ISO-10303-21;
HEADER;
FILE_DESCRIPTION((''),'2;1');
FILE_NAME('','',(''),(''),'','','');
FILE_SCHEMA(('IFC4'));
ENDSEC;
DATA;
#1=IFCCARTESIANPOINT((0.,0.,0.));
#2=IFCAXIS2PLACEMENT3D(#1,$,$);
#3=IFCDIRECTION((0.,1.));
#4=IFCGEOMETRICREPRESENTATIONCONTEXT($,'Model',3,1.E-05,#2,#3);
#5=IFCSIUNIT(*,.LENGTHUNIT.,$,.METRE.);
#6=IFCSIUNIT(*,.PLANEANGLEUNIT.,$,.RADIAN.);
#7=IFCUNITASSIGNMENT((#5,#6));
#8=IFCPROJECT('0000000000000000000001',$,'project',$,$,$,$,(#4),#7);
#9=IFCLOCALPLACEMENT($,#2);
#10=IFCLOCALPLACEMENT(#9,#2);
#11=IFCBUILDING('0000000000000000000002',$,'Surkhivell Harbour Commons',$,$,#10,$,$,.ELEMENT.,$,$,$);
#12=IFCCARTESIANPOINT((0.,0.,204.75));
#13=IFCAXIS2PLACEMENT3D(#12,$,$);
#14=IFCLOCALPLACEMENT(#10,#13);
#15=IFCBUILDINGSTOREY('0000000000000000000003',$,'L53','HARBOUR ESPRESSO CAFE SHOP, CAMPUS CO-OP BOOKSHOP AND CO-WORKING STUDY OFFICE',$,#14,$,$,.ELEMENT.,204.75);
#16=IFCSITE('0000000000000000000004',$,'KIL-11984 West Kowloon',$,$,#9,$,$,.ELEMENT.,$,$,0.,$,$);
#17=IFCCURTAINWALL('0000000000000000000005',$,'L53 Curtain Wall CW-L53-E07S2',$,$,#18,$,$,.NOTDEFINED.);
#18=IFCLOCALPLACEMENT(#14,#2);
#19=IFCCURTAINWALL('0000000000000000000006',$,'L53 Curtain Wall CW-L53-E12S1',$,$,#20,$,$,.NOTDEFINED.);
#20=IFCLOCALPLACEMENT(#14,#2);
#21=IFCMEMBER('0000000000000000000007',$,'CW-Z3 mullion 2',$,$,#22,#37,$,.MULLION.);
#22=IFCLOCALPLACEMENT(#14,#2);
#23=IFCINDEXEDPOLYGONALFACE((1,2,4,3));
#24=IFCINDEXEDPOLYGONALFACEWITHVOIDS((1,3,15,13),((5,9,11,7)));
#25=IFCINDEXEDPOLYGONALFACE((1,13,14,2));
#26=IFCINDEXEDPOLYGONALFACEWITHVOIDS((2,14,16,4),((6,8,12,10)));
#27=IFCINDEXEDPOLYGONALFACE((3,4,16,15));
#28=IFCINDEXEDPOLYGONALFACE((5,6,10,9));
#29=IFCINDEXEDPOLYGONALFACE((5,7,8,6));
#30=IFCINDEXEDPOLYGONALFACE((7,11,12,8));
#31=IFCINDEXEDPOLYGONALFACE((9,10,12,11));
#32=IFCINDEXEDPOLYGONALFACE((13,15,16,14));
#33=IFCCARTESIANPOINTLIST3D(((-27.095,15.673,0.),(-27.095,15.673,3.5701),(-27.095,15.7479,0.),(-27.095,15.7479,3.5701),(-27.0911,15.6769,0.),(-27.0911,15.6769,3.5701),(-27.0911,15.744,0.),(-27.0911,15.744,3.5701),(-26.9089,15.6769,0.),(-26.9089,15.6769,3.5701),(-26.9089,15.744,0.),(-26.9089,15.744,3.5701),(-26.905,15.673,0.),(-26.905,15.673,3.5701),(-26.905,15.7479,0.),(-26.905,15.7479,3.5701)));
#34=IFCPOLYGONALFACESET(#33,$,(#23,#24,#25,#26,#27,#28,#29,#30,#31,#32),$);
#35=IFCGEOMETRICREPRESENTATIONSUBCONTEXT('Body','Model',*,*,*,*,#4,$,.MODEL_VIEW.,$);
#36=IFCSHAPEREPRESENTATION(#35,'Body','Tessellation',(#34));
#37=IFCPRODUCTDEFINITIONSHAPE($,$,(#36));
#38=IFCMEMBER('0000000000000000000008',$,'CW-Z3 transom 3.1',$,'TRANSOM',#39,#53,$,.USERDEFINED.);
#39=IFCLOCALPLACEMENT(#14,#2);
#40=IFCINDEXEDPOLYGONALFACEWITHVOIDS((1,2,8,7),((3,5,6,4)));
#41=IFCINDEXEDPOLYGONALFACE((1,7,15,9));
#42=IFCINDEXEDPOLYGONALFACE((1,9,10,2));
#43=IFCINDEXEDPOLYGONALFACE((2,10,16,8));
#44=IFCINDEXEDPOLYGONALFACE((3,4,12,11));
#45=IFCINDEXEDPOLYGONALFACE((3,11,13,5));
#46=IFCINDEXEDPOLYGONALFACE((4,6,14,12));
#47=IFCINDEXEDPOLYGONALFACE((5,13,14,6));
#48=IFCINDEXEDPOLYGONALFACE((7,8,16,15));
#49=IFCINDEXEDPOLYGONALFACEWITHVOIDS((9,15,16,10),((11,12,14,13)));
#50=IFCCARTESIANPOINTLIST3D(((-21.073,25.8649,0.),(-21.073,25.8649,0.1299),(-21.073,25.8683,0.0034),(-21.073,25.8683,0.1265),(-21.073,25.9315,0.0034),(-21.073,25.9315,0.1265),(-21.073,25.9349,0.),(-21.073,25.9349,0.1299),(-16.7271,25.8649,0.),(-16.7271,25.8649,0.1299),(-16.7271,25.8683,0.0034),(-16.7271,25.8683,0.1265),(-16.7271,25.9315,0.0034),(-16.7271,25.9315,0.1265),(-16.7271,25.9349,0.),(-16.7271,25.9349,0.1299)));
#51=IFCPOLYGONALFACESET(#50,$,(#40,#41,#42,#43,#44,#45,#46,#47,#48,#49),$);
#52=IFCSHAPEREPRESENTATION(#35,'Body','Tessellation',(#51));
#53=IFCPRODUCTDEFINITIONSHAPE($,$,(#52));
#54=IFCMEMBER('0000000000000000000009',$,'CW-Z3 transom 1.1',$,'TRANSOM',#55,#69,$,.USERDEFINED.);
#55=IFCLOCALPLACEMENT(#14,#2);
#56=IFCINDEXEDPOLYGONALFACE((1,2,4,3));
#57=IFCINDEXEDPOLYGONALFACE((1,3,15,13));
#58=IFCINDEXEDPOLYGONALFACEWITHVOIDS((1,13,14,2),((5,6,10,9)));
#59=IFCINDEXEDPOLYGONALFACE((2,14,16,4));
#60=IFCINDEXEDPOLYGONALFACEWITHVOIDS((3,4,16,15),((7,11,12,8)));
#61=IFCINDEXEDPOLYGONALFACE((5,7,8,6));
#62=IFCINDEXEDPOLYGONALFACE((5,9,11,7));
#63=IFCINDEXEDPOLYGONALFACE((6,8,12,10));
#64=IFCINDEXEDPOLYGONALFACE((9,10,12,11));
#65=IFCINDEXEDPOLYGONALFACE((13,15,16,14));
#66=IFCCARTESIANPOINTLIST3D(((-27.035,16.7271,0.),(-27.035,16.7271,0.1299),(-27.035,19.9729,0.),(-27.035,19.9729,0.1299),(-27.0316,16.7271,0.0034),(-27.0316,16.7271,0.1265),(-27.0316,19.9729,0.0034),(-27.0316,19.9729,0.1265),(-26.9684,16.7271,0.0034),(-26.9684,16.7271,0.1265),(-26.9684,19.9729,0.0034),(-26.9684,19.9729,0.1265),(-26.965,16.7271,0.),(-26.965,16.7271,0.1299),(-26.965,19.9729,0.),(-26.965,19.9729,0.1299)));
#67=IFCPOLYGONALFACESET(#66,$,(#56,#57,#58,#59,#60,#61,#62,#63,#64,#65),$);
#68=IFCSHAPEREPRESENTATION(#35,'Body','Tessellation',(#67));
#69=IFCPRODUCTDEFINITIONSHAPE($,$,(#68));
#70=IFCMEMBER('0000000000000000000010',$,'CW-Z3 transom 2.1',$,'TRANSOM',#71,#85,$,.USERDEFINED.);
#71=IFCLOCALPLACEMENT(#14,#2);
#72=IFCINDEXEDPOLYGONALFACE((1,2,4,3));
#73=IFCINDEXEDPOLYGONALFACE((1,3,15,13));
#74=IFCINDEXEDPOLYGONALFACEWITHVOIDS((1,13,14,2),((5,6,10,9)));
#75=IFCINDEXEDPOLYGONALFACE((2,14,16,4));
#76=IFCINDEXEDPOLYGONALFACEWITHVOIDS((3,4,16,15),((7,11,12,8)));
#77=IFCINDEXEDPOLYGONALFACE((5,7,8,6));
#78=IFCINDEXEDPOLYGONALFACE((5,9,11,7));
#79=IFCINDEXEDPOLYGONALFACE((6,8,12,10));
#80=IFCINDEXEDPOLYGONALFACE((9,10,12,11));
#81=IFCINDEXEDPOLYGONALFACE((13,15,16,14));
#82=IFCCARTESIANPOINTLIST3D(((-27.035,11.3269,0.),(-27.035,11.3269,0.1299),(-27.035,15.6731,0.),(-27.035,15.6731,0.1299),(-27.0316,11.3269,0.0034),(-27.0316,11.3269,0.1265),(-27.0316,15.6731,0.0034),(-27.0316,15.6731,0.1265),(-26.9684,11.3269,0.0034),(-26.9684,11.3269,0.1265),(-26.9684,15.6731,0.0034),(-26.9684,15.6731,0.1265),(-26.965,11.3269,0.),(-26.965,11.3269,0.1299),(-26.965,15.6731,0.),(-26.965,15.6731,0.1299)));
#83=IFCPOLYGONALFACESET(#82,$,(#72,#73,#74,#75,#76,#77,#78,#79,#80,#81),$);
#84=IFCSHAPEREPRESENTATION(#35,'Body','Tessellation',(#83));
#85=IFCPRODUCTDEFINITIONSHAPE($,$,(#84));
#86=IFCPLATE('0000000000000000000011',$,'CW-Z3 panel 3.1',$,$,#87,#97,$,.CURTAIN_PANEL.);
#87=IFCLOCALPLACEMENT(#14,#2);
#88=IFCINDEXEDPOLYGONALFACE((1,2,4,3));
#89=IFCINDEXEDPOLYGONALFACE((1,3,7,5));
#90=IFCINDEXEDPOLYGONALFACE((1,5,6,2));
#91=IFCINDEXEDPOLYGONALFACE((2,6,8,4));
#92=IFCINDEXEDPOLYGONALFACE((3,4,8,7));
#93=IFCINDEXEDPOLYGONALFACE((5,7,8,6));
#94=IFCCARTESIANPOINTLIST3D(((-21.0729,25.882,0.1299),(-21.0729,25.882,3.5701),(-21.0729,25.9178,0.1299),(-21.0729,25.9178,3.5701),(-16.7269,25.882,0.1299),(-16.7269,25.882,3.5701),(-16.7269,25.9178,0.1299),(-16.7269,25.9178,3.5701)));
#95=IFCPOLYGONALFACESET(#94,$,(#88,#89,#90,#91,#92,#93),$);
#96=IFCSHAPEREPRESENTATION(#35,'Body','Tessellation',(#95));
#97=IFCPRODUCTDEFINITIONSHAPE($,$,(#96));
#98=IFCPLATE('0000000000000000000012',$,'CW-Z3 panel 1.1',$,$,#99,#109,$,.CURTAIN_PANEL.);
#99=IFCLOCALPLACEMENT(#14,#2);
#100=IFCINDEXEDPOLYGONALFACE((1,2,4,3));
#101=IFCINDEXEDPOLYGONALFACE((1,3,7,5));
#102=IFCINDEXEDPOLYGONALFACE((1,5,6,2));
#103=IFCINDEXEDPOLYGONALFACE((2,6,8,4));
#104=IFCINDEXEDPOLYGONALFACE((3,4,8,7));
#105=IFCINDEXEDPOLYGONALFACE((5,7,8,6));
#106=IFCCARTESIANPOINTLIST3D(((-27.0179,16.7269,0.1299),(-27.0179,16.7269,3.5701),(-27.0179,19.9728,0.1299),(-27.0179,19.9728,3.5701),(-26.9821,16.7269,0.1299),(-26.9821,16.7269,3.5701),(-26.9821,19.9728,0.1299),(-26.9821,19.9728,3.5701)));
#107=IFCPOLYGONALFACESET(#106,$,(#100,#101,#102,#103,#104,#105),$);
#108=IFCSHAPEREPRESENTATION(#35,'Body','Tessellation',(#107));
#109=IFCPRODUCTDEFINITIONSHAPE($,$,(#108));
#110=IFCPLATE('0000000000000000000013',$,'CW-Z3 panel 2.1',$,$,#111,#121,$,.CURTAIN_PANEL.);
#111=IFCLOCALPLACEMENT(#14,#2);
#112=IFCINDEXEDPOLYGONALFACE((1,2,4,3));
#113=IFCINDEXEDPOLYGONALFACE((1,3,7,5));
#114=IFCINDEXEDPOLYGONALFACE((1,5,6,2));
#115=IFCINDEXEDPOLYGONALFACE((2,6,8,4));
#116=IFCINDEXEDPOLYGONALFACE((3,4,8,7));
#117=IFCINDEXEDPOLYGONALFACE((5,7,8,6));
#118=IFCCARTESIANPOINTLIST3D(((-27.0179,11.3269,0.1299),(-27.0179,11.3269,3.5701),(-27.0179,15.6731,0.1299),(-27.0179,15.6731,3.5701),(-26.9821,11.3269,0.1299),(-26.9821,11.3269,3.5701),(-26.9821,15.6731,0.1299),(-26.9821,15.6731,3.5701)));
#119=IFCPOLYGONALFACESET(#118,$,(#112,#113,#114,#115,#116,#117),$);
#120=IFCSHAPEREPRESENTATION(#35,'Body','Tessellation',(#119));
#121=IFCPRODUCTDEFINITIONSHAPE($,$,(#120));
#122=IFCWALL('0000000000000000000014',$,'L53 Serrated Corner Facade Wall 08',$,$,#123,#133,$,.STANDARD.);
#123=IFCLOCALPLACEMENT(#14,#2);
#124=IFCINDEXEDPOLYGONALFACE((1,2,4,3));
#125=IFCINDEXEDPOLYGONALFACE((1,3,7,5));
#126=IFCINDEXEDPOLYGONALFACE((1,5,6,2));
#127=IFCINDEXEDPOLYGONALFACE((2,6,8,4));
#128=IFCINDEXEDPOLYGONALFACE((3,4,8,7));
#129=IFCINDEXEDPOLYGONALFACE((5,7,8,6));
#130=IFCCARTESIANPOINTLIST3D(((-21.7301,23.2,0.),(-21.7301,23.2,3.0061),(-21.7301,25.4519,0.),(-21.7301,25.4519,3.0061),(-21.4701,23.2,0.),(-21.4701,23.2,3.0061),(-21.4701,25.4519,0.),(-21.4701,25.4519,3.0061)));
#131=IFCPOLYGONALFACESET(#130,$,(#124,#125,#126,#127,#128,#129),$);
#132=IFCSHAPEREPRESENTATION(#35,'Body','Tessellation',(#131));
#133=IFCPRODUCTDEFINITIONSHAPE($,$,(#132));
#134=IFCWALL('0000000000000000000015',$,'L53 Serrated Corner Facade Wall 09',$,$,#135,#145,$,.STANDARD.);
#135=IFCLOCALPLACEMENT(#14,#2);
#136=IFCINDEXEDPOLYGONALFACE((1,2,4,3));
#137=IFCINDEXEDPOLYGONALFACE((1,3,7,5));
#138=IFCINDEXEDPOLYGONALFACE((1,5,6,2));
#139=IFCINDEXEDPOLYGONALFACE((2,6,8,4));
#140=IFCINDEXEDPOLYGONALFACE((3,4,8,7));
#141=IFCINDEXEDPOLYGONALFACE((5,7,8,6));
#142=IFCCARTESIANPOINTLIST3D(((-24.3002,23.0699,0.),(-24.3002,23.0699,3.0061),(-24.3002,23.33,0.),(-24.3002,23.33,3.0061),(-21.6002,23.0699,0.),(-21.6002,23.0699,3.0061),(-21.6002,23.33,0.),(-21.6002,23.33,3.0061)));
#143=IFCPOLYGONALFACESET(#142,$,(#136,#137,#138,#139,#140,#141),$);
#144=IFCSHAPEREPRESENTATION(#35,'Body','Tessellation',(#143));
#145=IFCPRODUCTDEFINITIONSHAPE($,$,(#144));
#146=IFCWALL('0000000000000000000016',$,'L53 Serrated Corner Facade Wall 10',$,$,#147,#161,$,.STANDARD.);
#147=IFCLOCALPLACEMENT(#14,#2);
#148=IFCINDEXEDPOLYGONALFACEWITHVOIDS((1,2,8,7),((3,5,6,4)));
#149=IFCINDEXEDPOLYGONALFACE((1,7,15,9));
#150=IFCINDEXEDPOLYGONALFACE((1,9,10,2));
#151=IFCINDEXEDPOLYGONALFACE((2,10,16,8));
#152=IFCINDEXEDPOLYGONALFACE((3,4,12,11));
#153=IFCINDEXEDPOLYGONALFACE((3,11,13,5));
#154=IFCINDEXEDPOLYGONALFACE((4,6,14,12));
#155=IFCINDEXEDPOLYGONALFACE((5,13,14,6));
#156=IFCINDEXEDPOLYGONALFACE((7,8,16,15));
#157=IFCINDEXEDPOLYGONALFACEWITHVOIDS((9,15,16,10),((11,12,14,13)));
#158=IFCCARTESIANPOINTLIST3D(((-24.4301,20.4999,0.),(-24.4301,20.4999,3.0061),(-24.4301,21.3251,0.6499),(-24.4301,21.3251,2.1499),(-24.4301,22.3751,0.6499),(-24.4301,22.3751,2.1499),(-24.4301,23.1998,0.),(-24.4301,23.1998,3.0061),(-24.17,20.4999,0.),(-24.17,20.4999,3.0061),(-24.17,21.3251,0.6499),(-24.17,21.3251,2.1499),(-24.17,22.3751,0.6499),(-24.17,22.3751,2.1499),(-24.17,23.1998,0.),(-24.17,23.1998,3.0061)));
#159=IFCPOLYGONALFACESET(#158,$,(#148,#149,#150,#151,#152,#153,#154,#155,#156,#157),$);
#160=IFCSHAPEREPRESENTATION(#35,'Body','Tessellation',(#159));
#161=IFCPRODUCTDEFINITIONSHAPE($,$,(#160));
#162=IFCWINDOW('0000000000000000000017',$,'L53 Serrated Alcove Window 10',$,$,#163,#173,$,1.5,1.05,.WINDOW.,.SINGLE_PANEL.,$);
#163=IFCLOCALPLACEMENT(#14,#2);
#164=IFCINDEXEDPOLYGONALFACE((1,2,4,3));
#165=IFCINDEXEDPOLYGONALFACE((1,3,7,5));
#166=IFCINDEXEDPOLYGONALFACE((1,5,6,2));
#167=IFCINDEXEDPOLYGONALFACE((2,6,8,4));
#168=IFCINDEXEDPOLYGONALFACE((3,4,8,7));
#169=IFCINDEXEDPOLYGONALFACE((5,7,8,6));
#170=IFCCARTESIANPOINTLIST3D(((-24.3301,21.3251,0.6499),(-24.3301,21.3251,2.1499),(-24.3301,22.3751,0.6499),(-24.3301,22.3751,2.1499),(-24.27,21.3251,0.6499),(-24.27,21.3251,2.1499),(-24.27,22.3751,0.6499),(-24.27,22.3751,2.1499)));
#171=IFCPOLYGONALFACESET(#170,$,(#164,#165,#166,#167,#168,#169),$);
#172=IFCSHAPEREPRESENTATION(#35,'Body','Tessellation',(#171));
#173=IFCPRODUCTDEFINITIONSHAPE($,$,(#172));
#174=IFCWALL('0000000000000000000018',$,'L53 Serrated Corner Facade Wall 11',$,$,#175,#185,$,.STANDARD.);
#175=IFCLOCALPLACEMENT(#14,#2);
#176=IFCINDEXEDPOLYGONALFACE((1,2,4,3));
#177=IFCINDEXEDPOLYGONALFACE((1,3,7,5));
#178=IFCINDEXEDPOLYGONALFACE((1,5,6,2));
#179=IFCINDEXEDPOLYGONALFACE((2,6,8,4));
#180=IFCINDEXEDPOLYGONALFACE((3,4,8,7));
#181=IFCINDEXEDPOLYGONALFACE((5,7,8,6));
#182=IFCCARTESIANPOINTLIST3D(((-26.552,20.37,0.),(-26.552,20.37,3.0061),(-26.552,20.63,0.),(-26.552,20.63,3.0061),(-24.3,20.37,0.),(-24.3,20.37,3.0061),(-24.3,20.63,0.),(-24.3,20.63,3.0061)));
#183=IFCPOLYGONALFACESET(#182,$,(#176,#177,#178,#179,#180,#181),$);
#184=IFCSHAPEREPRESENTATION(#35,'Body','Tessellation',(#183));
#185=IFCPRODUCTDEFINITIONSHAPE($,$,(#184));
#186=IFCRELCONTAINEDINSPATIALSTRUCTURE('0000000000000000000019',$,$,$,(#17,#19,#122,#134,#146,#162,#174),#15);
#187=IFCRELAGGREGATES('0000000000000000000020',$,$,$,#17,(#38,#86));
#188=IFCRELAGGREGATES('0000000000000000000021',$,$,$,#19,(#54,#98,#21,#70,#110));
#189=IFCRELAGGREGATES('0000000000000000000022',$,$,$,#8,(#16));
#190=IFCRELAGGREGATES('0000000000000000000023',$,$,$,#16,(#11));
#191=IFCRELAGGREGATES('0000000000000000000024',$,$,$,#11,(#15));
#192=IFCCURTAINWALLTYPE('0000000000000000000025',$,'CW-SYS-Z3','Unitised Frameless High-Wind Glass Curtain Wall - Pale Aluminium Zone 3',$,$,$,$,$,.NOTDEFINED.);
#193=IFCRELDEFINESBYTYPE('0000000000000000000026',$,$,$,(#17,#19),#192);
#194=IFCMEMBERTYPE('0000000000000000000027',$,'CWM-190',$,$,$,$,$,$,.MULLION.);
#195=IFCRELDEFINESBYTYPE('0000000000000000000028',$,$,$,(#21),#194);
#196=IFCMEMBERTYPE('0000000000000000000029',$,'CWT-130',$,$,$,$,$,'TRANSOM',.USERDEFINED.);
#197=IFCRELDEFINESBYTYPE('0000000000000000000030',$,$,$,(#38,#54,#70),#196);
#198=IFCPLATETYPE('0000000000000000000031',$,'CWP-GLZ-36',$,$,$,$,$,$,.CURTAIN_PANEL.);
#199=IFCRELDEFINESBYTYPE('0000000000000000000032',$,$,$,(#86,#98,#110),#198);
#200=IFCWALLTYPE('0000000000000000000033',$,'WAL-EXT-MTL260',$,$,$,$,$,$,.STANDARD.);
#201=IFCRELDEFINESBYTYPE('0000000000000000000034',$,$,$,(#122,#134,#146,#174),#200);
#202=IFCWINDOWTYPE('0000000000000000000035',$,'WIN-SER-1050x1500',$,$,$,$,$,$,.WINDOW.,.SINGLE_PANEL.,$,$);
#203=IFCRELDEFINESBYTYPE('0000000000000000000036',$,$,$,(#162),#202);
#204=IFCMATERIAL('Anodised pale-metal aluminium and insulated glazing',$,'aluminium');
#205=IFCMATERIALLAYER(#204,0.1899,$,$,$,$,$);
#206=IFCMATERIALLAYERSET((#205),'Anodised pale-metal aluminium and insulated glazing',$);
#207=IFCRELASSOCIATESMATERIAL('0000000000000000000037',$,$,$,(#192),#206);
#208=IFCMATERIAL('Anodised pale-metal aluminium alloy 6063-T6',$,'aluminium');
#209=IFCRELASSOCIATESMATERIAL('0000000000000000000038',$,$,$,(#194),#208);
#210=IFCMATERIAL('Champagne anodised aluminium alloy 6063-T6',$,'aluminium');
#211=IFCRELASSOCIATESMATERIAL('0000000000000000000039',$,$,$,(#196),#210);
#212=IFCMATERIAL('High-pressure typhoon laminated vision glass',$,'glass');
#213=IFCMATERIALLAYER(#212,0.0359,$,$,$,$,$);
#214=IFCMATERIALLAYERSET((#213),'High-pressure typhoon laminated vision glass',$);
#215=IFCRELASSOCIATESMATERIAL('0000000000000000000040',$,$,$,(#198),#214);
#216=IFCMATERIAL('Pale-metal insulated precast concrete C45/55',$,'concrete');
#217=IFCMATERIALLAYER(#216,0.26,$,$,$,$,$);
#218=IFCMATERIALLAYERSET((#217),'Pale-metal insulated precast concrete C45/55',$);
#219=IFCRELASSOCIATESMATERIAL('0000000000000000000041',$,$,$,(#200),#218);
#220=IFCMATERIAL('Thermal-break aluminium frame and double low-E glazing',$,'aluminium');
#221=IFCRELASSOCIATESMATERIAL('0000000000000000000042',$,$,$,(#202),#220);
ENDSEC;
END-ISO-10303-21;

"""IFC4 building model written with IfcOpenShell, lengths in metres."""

from ifc_helpers import new_model, si_unit, direction, frame, frame_2d, origin, origin_2d, place, context, subcontext, project, spatial, rectangle, hollow_rectangle, extrude, material, layer, layer_set, material_profile, profile_set, type_object, element, fill, aggregate, save


model = new_model("IFC4")

# Units and contexts
model_context = context("Model", 3, precision=1e-05, world=origin(), true_north=direction((0.0, 1.0)))
body_context = subcontext(model_context, "Body", "Model", "MODEL_VIEW")
ifc_project = project(units=[si_unit("LENGTHUNIT", "METRE"), si_unit("PLANEANGLEUNIT", "RADIAN")], contexts=[model_context])

# Site, building, storey
site_placement = place(None, origin())
site = spatial("IfcSite", under=ifc_project, at=site_placement, Name="KIL-11984 West Kowloon", CompositionType="ELEMENT", RefElevation=0.0)
building_placement = place(site_placement, origin())
building = spatial("IfcBuilding", under=site, at=building_placement, Name="Surkhivell Harbour Commons", CompositionType="ELEMENT")
storey_placement = place(building_placement, frame((0.0, 0.0, 204.75)))
storey = spatial("IfcBuildingStorey", under=building, at=storey_placement, Name="L53", Description="HARBOUR ESPRESSO CAFE SHOP, CAMPUS CO-OP BOOKSHOP AND CO-WORKING STUDY OFFICE", CompositionType="ELEMENT", Elevation=204.75)

# Curtain walls, member
ifc_material_1 = material(Name="Anodised pale-metal aluminium and insulated glazing", Category="aluminium")
ifc_layer_1 = layer(ifc_material_1, 0.1899)
ifc_layer_set_1 = layer_set([ifc_layer_1], Name="Anodised pale-metal aluminium and insulated glazing")
curtain_wall_type = type_object("IfcCurtainWallType", Name="CW-SYS-Z3", Description="Unitised Frameless High-Wind Glass Curtain Wall - Pale Aluminium Zone 3", PredefinedType="NOTDEFINED", material=ifc_layer_set_1)
curtain_wall_1_placement = place(storey_placement, origin())
curtain_wall_1 = element("IfcCurtainWall", 1, at=curtain_wall_1_placement, inside=storey, type_object=curtain_wall_type, Name="L53 Curtain Wall CW-L53-E07S2", PredefinedType="NOTDEFINED")
ifc_material_2 = material(Name="Anodised pale-metal aluminium alloy 6063-T6", Category="aluminium")
ifc_material_profile_1 = material_profile(ifc_material_2, hollow_rectangle(XDim=0.075, YDim=0.1899, WallThickness=0.0039, at=origin_2d()), Name="ALU-MULL-75x190")
ifc_profile_set_1 = profile_set([ifc_material_profile_1], Name="Anodised pale-metal aluminium alloy 6063-T6")
member_type_1 = type_object("IfcMemberType", Name="CWM-190", PredefinedType="MULLION", material=ifc_profile_set_1)
curtain_wall_2_placement = place(storey_placement, origin())
curtain_wall_2 = element("IfcCurtainWall", 2, at=curtain_wall_2_placement, inside=storey, type_object=curtain_wall_type, Name="L53 Curtain Wall CW-L53-E12S1", PredefinedType="NOTDEFINED")
member_1_placement = place(storey_placement, frame((-27.0, 15.7104, 0.0), z_axis=(0.0, 0.0, 1.0), x_axis=(0.0, -1.0, 0.0)))
member_1 = element("IfcMember", 3, at=member_1_placement, type_object=member_type_1, Name="CW-Z3 mullion 2", PredefinedType="MULLION", context=body_context, shape_type="SweptSolid", body=[
    extrude(hollow_rectangle(XDim=0.075, YDim=0.1899, WallThickness=0.0039, at=origin_2d()), origin(), (0.0, 0.0, 1.0), 3.5701),
])

# Members
ifc_material_3 = material(Name="Champagne anodised aluminium alloy 6063-T6", Category="aluminium")
ifc_material_profile_2 = material_profile(ifc_material_3, hollow_rectangle(XDim=0.0701, YDim=0.1299, WallThickness=0.0034, at=origin_2d()), Name="ALU-TRAN-70x130")
ifc_profile_set_2 = profile_set([ifc_material_profile_2], Name="Champagne anodised aluminium alloy 6063-T6")
member_type_2 = type_object("IfcMemberType", Name="CWT-130", ElementType="TRANSOM", PredefinedType="USERDEFINED", material=ifc_profile_set_2)
member_2_placement = place(storey_placement, frame((-16.7271, 25.8999, 0.0649), z_axis=(-1.0, 0.0, 0.0), x_axis=(0.0, -1.0, 0.0)))
member_2 = element("IfcMember", 4, at=member_2_placement, type_object=member_type_2, Name="CW-Z3 transom 3.1", ObjectType="TRANSOM", PredefinedType="USERDEFINED", context=body_context, shape_type="SweptSolid", body=[
    extrude(hollow_rectangle(XDim=0.0701, YDim=0.1299, WallThickness=0.0034, at=origin_2d()), origin(), (0.0, 0.0, 1.0), 4.3459),
])
member_3_placement = place(storey_placement, frame((-27.0, 19.9729, 0.0649), z_axis=(0.0, -1.0, 0.0), x_axis=(1.0, 0.0, 0.0)))
member_3 = element("IfcMember", 5, at=member_3_placement, type_object=member_type_2, Name="CW-Z3 transom 1.1", ObjectType="TRANSOM", PredefinedType="USERDEFINED", context=body_context, shape_type="SweptSolid", body=[
    extrude(hollow_rectangle(XDim=0.0701, YDim=0.1299, WallThickness=0.0034, at=origin_2d()), origin(), (0.0, 0.0, 1.0), 3.2458),
])
member_4_placement = place(storey_placement, frame((-27.0, 15.6731, 0.0649), z_axis=(0.0, -1.0, 0.0), x_axis=(1.0, 0.0, 0.0)))
member_4 = element("IfcMember", 6, at=member_4_placement, type_object=member_type_2, Name="CW-Z3 transom 2.1", ObjectType="TRANSOM", PredefinedType="USERDEFINED", context=body_context, shape_type="SweptSolid", body=[
    extrude(hollow_rectangle(XDim=0.0701, YDim=0.1299, WallThickness=0.0034, at=origin_2d()), origin(), (0.0, 0.0, 1.0), 4.3462),
])

# Plates
ifc_material_4 = material(Name="High-pressure typhoon laminated vision glass", Category="glass")
ifc_layer_2 = layer(ifc_material_4, 0.0359)
ifc_layer_set_2 = layer_set([ifc_layer_2], Name="High-pressure typhoon laminated vision glass")
plate_type = type_object("IfcPlateType", Name="CWP-GLZ-36", PredefinedType="CURTAIN_PANEL", material=ifc_layer_set_2)
plate_1_placement = place(storey_placement, frame((-16.7271, 25.8999, 0.1299), z_axis=(0.0, 0.0, 1.0), x_axis=(-1.0, 0.0, 0.0)))
plate_1 = element("IfcPlate", 7, at=plate_1_placement, type_object=plate_type, Name="CW-Z3 panel 3.1", PredefinedType="CURTAIN_PANEL", context=body_context, shape_type="SweptSolid", body=[
    extrude(rectangle(XDim=4.3459, YDim=0.0359, at=frame_2d((2.1729, 0.0))), origin(), (0.0, 0.0, 1.0), 3.4402),
])
aggregate(curtain_wall_1, [member_2, plate_1])
plate_2_placement = place(storey_placement, frame((-27.0, 19.9729, 0.1299), z_axis=(0.0, 0.0, 1.0), x_axis=(0.0, -1.0, 0.0)))
plate_2 = element("IfcPlate", 8, at=plate_2_placement, type_object=plate_type, Name="CW-Z3 panel 1.1", PredefinedType="CURTAIN_PANEL", context=body_context, shape_type="SweptSolid", body=[
    extrude(rectangle(XDim=3.2458, YDim=0.0359, at=frame_2d((1.623, 0.0))), origin(), (0.0, 0.0, 1.0), 3.4402),
])
plate_3_placement = place(storey_placement, frame((-27.0, 15.6731, 0.1299), z_axis=(0.0, 0.0, 1.0), x_axis=(0.0, -1.0, 0.0)))
plate_3 = element("IfcPlate", 9, at=plate_3_placement, type_object=plate_type, Name="CW-Z3 panel 2.1", PredefinedType="CURTAIN_PANEL", context=body_context, shape_type="SweptSolid", body=[
    extrude(rectangle(XDim=4.3462, YDim=0.0359, at=frame_2d((2.1731, 0.0))), origin(), (0.0, 0.0, 1.0), 3.4402),
])
aggregate(curtain_wall_2, [member_3, plate_2, member_1, member_4, plate_3])

# Walls
ifc_material_5 = material(Name="Pale-metal insulated precast concrete C45/55", Category="concrete")
ifc_layer_3 = layer(ifc_material_5, 0.26)
ifc_layer_set_3 = layer_set([ifc_layer_3], Name="Pale-metal insulated precast concrete C45/55")
wall_type = type_object("IfcWallType", Name="WAL-EXT-MTL260", PredefinedType="STANDARD", material=ifc_layer_set_3)
wall_1_placement = place(storey_placement, frame((-21.6001, 25.4519, 0.0), z_axis=(0.0, 0.0, 1.0), x_axis=(0.0, -1.0, 0.0)))
element("IfcWall", 10, at=wall_1_placement, inside=storey, type_object=wall_type, Name="L53 Serrated Corner Facade Wall 08", PredefinedType="STANDARD", context=body_context, shape_type="SweptSolid", body=[
    extrude(rectangle(XDim=2.252, YDim=0.26, at=frame_2d((1.126, 0.0))), origin(), (0.0, 0.0, 1.0), 3.0061),
])
wall_2_placement = place(storey_placement, frame((-21.6001, 23.2, 0.0), z_axis=(0.0, 0.0, 1.0), x_axis=(-1.0, 0.0, 0.0)))
element("IfcWall", 11, at=wall_2_placement, inside=storey, type_object=wall_type, Name="L53 Serrated Corner Facade Wall 09", PredefinedType="STANDARD", context=body_context, shape_type="SweptSolid", body=[
    extrude(rectangle(XDim=2.7, YDim=0.26, at=frame_2d((1.3501, 0.0))), origin(), (0.0, 0.0, 1.0), 3.0061),
])

# Wall, opening, window
wall_3_placement = place(storey_placement, frame((-24.3, 23.2, 0.0), z_axis=(0.0, 0.0, 1.0), x_axis=(0.0, -1.0, 0.0)))
wall_3 = element("IfcWall", 12, at=wall_3_placement, inside=storey, type_object=wall_type, Name="L53 Serrated Corner Facade Wall 10", PredefinedType="STANDARD", context=body_context, shape_type="SweptSolid", body=[
    extrude(rectangle(XDim=2.7, YDim=0.26, at=frame_2d((1.3501, 0.0))), origin(), (0.0, 0.0, 1.0), 3.0061),
])
opening_placement = place(wall_3_placement, frame((0.825, 0.0, 0.6499)))
opening = element("IfcOpeningElement", 13, at=opening_placement, cuts=wall_3, PredefinedType="OPENING", context=body_context, shape_type="SweptSolid", body=[
    extrude(rectangle(XDim=1.05, YDim=1.5, at=frame_2d((0.5249, 0.75))), frame((0.0, 0.1399, 0.0), z_axis=(0.0, -1.0, 0.0), x_axis=(1.0, 0.0, 0.0)), (0.0, 0.0, 1.0), 0.28),
])
ifc_material_6 = material(Name="Thermal-break aluminium frame and double low-E glazing", Category="aluminium")
window_type = type_object("IfcWindowType", Name="WIN-SER-1050x1500", PartitioningType="SINGLE_PANEL", PredefinedType="WINDOW", material=ifc_material_6)
window_placement = place(opening_placement, origin())
window = element("IfcWindow", 14, at=window_placement, inside=storey, type_object=window_type, Name="L53 Serrated Alcove Window 10", OverallHeight=1.5, OverallWidth=1.05, PartitioningType="SINGLE_PANEL", PredefinedType="WINDOW", context=body_context, shape_type="SweptSolid", body=[
    extrude(rectangle(XDim=1.05, YDim=1.5, at=frame_2d((0.5249, 0.75))), frame((0.0, 0.03, 0.0), z_axis=(0.0, -1.0, 0.0), x_axis=(1.0, 0.0, 0.0)), (0.0, 0.0, 1.0), 0.0601),
])
fill(opening, window)

# Wall
wall_4_placement = place(storey_placement, frame((-24.3, 20.5, 0.0), z_axis=(0.0, 0.0, 1.0), x_axis=(-1.0, 0.0, 0.0)))
element("IfcWall", 15, at=wall_4_placement, inside=storey, type_object=wall_type, Name="L53 Serrated Corner Facade Wall 11", PredefinedType="STANDARD", context=body_context, shape_type="SweptSolid", body=[
    extrude(rectangle(XDim=2.252, YDim=0.26, at=frame_2d((1.126, 0.0))), origin(), (0.0, 0.0, 1.0), 3.0061),
])

save(model, "model.ifc")
